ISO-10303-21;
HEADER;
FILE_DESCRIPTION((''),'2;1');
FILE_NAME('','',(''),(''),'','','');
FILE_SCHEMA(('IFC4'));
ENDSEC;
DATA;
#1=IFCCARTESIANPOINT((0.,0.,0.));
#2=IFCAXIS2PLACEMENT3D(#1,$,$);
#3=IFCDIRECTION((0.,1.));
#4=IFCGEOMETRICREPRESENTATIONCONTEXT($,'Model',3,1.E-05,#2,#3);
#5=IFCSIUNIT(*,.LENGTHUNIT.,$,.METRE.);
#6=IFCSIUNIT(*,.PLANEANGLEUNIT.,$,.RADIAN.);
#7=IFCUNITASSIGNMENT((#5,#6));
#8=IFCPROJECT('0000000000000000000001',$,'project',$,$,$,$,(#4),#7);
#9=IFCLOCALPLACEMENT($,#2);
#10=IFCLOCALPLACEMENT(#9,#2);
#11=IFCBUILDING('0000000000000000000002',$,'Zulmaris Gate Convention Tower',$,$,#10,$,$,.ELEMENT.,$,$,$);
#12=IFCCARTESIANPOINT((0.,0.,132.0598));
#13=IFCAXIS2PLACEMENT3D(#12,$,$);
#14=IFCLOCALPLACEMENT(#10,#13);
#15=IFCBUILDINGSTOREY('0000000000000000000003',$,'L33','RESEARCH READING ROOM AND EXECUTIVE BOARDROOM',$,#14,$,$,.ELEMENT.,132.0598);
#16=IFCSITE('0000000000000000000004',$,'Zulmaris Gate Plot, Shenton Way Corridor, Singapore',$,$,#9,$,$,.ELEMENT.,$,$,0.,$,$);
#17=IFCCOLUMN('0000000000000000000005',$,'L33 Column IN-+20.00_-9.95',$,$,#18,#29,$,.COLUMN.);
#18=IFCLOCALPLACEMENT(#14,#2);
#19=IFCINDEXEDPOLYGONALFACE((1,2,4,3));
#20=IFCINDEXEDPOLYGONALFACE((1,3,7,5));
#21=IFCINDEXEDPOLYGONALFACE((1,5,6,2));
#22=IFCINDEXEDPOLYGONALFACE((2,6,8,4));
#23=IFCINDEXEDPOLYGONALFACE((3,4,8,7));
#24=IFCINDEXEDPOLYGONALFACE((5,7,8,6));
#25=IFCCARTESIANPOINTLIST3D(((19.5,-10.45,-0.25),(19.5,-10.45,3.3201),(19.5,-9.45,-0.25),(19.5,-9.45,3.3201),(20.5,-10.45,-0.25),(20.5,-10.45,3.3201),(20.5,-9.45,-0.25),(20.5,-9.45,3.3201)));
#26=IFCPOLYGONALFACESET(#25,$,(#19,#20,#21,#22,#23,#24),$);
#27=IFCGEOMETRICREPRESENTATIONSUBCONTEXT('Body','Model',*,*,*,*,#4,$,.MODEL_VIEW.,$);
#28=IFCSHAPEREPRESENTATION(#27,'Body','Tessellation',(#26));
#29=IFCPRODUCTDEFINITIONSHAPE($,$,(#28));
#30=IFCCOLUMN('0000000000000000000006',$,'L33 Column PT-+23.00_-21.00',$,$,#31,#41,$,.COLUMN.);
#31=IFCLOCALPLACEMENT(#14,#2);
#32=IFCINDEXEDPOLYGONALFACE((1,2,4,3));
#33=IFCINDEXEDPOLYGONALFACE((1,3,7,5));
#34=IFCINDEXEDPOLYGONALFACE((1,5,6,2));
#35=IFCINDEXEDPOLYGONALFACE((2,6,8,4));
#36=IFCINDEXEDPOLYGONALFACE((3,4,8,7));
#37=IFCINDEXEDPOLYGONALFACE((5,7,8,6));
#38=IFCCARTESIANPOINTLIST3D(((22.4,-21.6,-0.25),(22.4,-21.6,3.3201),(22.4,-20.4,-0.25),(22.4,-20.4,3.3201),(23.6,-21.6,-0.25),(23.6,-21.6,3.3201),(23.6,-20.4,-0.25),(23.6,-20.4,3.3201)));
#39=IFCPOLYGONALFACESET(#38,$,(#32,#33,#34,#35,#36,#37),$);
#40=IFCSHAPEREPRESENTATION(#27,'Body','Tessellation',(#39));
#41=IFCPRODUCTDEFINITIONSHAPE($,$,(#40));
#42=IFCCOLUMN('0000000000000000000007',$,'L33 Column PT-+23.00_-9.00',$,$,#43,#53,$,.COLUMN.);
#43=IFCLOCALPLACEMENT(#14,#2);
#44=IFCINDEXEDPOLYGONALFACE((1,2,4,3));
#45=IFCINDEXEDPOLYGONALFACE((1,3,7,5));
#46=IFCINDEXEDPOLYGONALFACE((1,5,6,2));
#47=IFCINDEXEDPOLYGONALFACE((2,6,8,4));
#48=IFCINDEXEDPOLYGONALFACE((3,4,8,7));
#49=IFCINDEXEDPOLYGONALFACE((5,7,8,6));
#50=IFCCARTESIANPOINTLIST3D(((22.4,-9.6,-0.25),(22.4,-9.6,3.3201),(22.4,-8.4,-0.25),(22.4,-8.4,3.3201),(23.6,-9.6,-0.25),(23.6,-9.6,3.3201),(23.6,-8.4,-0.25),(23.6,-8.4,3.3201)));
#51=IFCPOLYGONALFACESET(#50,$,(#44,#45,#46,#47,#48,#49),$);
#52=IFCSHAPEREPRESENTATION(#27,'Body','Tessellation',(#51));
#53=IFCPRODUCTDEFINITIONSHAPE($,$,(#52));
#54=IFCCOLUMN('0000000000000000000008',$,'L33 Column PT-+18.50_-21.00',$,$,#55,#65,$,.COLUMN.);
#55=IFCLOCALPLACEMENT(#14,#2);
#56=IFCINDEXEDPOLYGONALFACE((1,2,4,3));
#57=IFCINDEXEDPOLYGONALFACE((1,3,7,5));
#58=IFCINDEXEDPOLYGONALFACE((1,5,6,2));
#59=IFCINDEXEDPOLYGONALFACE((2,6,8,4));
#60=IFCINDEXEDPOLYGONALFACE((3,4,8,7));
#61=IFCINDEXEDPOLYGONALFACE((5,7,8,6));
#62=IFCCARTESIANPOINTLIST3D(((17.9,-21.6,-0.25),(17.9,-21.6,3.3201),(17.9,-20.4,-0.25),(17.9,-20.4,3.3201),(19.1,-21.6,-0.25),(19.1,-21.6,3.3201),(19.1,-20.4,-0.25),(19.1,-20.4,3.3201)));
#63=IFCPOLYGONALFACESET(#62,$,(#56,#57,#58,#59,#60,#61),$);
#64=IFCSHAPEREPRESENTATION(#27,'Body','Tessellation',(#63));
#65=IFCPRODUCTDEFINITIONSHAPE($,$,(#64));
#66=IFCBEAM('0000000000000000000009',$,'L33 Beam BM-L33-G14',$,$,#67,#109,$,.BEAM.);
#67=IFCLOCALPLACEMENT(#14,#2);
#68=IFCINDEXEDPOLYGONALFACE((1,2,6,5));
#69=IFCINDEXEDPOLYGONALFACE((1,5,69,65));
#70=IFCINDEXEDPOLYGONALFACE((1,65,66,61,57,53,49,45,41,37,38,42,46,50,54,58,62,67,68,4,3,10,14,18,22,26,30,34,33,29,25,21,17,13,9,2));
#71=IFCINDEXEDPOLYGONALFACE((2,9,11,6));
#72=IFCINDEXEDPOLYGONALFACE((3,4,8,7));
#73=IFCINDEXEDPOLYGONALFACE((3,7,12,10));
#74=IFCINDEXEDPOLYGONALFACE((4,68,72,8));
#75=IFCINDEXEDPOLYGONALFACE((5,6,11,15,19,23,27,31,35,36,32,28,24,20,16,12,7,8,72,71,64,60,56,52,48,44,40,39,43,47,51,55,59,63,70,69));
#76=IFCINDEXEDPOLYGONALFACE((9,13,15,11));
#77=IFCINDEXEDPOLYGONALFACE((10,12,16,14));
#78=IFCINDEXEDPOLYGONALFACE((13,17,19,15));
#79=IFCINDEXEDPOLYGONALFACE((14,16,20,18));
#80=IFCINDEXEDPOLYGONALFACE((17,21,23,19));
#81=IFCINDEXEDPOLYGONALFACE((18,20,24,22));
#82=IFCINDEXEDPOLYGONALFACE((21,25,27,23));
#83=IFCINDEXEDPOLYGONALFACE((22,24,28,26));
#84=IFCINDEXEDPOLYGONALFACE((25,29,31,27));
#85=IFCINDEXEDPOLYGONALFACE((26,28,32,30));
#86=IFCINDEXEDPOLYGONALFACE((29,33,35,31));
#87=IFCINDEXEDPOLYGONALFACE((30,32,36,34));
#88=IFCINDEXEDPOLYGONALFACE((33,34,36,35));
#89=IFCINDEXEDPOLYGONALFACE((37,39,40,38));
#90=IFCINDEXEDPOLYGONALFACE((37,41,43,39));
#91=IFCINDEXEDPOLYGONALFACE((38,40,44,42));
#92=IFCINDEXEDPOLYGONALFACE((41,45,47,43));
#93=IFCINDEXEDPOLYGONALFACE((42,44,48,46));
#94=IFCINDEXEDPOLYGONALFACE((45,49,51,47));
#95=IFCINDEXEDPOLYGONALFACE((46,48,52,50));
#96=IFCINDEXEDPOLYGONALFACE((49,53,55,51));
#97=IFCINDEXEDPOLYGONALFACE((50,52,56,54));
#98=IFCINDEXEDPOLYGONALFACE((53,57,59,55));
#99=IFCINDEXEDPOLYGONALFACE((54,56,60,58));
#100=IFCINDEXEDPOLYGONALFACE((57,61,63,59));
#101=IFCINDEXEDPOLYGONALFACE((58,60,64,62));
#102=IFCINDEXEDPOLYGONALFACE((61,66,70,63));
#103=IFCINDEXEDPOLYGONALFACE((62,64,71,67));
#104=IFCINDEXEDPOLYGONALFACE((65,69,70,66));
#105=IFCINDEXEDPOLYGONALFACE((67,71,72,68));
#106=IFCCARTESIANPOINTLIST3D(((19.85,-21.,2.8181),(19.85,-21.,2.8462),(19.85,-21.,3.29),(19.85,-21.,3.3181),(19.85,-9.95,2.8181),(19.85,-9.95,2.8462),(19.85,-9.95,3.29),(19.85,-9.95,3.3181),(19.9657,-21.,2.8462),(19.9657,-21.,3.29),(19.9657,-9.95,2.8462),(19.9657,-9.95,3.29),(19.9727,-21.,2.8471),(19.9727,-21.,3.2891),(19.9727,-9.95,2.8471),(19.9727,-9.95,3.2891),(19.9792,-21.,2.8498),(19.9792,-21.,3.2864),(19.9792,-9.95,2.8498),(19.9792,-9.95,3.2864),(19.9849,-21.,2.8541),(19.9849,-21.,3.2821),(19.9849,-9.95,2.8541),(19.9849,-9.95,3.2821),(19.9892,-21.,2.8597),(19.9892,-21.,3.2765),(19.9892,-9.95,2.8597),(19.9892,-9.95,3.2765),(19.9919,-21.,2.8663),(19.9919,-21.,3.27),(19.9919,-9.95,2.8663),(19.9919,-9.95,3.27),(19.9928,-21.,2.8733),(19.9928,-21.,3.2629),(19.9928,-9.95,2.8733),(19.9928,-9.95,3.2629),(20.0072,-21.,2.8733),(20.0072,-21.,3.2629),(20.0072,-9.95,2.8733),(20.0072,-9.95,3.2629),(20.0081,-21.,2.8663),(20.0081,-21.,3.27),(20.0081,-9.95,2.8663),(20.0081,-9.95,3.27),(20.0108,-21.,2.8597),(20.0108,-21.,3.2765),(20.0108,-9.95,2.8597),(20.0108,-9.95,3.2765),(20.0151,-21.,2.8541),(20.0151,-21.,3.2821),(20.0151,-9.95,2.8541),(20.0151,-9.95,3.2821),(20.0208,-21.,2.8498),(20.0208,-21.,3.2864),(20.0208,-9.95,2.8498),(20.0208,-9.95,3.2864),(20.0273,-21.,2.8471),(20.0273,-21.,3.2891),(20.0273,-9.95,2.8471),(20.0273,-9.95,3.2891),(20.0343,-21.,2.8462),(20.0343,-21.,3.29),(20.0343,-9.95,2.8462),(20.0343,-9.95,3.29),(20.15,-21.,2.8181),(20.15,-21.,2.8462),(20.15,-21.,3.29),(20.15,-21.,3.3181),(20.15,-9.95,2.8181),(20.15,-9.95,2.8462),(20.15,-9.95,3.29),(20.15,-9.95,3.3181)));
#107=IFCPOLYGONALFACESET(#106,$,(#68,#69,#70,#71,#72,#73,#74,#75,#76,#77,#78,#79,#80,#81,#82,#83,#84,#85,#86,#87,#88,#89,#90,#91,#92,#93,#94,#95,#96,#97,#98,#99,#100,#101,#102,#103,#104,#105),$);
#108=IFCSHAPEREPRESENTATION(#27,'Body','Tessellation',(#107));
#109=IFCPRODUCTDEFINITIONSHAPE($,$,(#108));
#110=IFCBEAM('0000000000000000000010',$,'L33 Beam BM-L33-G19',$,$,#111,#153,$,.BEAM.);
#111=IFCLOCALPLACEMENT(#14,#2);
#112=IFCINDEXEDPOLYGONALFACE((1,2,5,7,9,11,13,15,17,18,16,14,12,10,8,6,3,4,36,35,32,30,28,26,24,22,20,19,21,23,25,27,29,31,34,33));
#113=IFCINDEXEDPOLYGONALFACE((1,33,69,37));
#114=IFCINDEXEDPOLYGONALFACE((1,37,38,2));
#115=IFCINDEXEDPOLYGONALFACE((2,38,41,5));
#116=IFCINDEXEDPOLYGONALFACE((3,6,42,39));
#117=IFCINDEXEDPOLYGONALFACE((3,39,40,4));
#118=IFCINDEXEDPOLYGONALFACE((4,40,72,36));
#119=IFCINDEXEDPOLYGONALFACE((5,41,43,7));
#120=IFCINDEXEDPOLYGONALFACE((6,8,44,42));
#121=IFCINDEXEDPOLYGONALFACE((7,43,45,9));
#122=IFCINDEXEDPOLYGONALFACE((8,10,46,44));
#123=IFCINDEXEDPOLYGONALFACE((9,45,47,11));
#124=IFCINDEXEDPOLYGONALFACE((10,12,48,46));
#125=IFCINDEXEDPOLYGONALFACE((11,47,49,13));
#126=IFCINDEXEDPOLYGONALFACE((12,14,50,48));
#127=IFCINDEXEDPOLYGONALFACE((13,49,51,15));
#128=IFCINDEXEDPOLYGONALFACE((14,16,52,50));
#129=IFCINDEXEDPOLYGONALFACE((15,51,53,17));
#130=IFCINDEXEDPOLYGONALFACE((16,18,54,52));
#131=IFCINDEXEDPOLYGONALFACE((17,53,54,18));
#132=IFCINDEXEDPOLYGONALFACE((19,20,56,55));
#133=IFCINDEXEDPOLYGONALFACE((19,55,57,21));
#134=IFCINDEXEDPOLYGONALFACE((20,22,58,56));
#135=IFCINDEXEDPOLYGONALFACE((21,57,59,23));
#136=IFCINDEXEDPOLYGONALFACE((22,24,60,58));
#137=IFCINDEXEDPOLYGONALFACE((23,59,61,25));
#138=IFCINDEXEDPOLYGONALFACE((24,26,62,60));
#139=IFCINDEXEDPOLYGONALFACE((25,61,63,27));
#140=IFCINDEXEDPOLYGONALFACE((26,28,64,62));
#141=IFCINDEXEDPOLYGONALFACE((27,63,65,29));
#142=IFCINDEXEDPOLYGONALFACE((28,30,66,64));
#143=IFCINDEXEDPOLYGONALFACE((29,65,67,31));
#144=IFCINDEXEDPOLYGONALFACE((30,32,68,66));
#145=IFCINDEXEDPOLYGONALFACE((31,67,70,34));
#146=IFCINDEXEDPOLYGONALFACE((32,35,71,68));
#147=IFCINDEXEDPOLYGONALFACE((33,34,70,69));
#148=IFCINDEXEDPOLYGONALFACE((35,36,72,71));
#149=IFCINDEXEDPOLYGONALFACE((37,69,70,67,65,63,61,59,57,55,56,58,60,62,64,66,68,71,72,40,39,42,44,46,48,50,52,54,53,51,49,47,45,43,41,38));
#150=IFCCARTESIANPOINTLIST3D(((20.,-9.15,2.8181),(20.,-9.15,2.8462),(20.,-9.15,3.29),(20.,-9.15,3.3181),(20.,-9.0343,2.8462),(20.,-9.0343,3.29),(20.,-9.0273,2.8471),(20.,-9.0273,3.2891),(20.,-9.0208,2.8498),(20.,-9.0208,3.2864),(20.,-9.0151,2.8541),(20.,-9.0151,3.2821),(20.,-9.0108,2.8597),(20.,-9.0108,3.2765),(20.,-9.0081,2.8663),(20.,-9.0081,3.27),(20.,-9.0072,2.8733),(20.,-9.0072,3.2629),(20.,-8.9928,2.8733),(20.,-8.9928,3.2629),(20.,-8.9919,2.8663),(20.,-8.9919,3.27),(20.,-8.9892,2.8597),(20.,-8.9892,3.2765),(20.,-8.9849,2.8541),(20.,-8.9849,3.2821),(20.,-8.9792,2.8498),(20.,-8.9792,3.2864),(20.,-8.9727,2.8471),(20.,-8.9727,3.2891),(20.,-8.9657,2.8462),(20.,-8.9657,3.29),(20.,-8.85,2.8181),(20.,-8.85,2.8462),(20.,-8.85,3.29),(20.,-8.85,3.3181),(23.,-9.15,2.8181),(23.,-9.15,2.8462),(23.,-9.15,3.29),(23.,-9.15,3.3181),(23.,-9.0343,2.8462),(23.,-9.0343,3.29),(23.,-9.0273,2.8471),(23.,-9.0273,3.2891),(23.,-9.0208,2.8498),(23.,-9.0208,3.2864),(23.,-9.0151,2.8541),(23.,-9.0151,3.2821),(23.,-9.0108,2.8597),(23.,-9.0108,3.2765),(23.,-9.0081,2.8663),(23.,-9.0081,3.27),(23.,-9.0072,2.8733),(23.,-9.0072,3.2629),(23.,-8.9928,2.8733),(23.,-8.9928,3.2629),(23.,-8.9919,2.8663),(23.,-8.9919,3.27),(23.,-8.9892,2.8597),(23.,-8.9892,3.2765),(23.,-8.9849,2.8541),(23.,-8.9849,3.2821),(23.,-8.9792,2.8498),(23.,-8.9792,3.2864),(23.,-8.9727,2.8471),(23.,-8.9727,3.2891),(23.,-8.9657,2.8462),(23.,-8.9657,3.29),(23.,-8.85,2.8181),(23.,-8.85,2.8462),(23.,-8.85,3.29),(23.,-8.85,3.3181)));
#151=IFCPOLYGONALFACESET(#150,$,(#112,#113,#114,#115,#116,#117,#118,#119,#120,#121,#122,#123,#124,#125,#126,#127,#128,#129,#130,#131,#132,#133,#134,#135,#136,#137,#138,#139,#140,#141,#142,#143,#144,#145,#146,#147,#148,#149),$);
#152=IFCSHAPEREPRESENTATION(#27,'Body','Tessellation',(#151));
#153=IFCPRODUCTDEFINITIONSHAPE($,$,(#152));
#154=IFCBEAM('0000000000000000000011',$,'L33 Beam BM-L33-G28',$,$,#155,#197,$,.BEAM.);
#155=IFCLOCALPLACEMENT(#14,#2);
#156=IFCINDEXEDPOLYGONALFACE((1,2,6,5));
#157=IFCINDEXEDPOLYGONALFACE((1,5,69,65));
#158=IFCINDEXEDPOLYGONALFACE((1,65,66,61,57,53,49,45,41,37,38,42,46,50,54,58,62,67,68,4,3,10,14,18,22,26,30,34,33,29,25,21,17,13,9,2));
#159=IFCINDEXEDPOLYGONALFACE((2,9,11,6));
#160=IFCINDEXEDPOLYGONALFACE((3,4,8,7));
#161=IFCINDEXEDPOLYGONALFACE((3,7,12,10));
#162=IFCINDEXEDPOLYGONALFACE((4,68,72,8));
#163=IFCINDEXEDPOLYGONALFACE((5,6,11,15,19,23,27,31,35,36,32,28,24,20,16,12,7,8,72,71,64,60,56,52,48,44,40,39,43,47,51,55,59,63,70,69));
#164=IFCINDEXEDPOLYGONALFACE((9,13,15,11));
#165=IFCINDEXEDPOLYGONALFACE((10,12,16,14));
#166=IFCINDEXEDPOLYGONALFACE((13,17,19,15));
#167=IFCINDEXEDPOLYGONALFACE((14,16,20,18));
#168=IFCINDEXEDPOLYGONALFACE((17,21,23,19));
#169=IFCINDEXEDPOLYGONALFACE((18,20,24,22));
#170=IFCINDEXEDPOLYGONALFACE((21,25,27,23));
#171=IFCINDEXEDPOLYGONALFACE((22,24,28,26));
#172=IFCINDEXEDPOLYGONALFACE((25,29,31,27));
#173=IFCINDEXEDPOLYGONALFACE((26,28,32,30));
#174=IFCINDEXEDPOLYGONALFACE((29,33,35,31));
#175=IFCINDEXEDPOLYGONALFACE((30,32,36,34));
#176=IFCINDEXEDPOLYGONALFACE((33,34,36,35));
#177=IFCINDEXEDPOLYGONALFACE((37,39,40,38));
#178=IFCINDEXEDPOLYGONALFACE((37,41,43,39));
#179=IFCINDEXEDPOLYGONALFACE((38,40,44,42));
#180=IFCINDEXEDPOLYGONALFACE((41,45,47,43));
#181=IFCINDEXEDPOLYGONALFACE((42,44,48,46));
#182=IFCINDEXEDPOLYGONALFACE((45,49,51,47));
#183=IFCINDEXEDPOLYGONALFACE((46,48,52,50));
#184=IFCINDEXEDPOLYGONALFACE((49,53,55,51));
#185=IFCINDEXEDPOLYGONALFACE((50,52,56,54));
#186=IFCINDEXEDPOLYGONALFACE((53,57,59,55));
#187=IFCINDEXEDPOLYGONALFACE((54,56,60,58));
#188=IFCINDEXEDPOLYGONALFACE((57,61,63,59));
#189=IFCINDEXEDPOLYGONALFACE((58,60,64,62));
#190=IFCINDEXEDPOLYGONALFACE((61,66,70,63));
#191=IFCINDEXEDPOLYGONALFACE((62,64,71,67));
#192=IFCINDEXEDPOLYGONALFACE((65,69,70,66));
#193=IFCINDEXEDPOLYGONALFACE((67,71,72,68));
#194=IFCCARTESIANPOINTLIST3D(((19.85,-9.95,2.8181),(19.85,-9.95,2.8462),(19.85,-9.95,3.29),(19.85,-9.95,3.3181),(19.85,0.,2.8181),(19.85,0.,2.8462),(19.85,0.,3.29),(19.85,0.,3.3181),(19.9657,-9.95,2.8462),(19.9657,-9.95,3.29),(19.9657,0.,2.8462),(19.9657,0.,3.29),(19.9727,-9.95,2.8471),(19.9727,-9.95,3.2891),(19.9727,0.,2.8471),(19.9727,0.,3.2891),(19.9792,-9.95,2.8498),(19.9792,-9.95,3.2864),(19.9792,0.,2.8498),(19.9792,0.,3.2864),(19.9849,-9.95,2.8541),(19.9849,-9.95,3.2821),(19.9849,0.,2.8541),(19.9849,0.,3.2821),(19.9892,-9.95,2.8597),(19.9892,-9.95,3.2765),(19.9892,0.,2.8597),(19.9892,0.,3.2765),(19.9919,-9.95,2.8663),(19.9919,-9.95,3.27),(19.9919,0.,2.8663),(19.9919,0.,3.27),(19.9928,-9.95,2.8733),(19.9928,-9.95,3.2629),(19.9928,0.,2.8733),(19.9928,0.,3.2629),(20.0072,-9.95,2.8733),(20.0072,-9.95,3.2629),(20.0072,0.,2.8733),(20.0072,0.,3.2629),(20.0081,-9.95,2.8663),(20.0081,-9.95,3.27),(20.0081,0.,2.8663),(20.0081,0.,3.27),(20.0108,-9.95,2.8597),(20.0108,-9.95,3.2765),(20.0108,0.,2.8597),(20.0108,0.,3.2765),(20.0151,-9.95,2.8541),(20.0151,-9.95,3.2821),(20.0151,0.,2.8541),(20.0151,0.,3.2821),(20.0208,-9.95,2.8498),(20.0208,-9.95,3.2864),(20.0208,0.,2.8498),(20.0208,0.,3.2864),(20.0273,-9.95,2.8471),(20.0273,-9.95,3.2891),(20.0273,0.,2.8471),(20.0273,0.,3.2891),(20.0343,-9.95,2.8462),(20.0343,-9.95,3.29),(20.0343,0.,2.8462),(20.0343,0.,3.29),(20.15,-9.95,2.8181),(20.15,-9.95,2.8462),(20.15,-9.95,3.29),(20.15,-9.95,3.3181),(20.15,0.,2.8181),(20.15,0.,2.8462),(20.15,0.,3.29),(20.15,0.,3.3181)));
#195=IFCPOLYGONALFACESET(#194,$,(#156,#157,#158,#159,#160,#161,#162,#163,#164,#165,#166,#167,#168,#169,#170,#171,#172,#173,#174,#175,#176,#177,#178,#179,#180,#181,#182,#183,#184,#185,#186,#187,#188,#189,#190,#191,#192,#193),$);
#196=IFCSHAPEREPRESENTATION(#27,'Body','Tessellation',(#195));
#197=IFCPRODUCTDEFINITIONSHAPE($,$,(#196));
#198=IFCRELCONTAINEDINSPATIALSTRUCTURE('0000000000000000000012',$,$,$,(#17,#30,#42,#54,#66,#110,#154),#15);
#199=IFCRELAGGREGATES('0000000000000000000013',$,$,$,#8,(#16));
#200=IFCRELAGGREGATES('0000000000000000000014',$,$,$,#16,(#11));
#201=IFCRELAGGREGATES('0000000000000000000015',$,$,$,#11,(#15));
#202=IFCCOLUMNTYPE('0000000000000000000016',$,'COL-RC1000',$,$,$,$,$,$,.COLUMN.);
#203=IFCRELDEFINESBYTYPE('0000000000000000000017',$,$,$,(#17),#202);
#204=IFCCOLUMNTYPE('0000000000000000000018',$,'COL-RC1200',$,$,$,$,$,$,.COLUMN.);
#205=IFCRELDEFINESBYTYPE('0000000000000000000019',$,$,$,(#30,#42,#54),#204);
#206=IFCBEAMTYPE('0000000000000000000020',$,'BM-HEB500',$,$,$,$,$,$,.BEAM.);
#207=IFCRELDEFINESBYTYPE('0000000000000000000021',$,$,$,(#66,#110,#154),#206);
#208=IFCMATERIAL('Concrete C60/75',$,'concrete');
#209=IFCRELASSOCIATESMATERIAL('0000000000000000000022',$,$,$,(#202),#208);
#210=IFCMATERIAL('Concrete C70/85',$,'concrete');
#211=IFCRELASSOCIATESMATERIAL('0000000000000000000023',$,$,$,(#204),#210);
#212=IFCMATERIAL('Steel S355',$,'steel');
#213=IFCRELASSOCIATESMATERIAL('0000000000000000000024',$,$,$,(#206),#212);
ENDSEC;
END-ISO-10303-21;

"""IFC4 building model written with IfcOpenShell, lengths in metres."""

from ifc_helpers import new_model, si_unit, direction, frame, origin, origin_2d, place, context, subcontext, project, spatial, rectangle, i_section, extrude, material, material_profile, profile_set, type_object, element, save


model = new_model("IFC4")

# Units and contexts
model_context = context("Model", 3, precision=1e-05, world=origin(), true_north=direction((0.0, 1.0)))
body_context = subcontext(model_context, "Body", "Model", "MODEL_VIEW")
ifc_project = project(units=[si_unit("LENGTHUNIT", "METRE"), si_unit("PLANEANGLEUNIT", "RADIAN")], contexts=[model_context])

# Site, building, storey
site_placement = place(None, origin())
site = spatial("IfcSite", under=ifc_project, at=site_placement, Name="Zulmaris Gate Plot, Shenton Way Corridor, Singapore", CompositionType="ELEMENT", RefElevation=0.0)
building_placement = place(site_placement, origin())
building = spatial("IfcBuilding", under=site, at=building_placement, Name="Zulmaris Gate Convention Tower", CompositionType="ELEMENT")
storey_placement = place(building_placement, frame((0.0, 0.0, 132.0598)))
storey = spatial("IfcBuildingStorey", under=building, at=storey_placement, Name="L33", Description="RESEARCH READING ROOM AND EXECUTIVE BOARDROOM", CompositionType="ELEMENT", Elevation=132.0598)

# Columns
ifc_material_1 = material(Name="Concrete C60/75", Category="concrete")
ifc_material_profile_1 = material_profile(ifc_material_1, rectangle(XDim=1.0, YDim=1.0, at=origin_2d()), Name="RC COL 1000x1000")
ifc_profile_set_1 = profile_set([ifc_material_profile_1], Name="Concrete C60/75")
column_type_1 = type_object("IfcColumnType", Name="COL-RC1000", PredefinedType="COLUMN", material=ifc_profile_set_1)
column_placement = place(storey_placement, frame((20.0, -9.95, -0.25), z_axis=(0.0, 0.0, 1.0), x_axis=(1.0, 0.0, 0.0)))
element("IfcColumn", 1, at=column_placement, inside=storey, type_object=column_type_1, Name="L33 Column IN-+20.00_-9.95", PredefinedType="COLUMN", context=body_context, shape_type="SweptSolid", body=[
    extrude(rectangle(XDim=1.0, YDim=1.0, at=origin_2d()), origin(), (0.0, 0.0, 1.0), 3.5701),
])
ifc_material_2 = material(Name="Concrete C70/85", Category="concrete")
ifc_material_profile_2 = material_profile(ifc_material_2, rectangle(XDim=1.2, YDim=1.2, at=origin_2d()), Name="RC COL 1200x1200")
ifc_profile_set_2 = profile_set([ifc_material_profile_2], Name="Concrete C70/85")
column_type_2 = type_object("IfcColumnType", Name="COL-RC1200", PredefinedType="COLUMN", material=ifc_profile_set_2)
for number, where, z_axis, x_axis, name in (
    (2, (23.0, -21.0, -0.25), (0.0, 0.0, 1.0), (1.0, 0.0, 0.0), "L33 Column PT-+23.00_-21.00"),
    (3, (23.0, -9.0, -0.25), (0.0, 0.0, 1.0), (1.0, 0.0, 0.0), "L33 Column PT-+23.00_-9.00"),
    (4, (18.5, -21.0, -0.25), (0.0, 0.0, 1.0), (1.0, 0.0, 0.0), "L33 Column PT-+18.50_-21.00"),
):
    element("IfcColumn", number, at=place(storey_placement, frame(where, z_axis=z_axis, x_axis=x_axis)), inside=storey, type_object=column_type_2, Name=name, PredefinedType="COLUMN", context=body_context, shape_type="SweptSolid", body=[
        extrude(rectangle(XDim=1.2, YDim=1.2, at=origin_2d()), origin(), (0.0, 0.0, 1.0), 3.5701),
    ])

# Beams
ifc_material_3 = material(Name="Steel S355", Category="steel")
ifc_material_profile_3 = material_profile(ifc_material_3, i_section(OverallWidth=0.3, OverallDepth=0.5, WebThickness=0.0144, FlangeThickness=0.0281, FilletRadius=0.0271, at=origin_2d()), Name="HEB 500")
ifc_profile_set_3 = profile_set([ifc_material_profile_3], Name="Steel S355")
beam_type_1 = type_object("IfcBeamType", Name="BM-HEB500", PredefinedType="BEAM", material=ifc_profile_set_3)
beam_1_placement = place(storey_placement, frame((20.0, -21.0, 3.0681), z_axis=(0.0, 1.0, 0.0), x_axis=(-1.0, 0.0, 0.0)))
element("IfcBeam", 5, at=beam_1_placement, inside=storey, type_object=beam_type_1, Name="L33 Beam BM-L33-G14", PredefinedType="BEAM", context=body_context, shape_type="SweptSolid", body=[
    extrude(i_section(OverallWidth=0.3, OverallDepth=0.5, WebThickness=0.0144, FlangeThickness=0.0281, FilletRadius=0.0271, at=origin_2d()), origin(), (0.0, 0.0, 1.0), 11.05),
])
beam_2_placement = place(storey_placement, frame((20.0, -9.0, 3.0681), z_axis=(1.0, 0.0, 0.0), x_axis=(0.0, 1.0, 0.0)))
element("IfcBeam", 6, at=beam_2_placement, inside=storey, type_object=beam_type_1, Name="L33 Beam BM-L33-G19", PredefinedType="BEAM", context=body_context, shape_type="SweptSolid", body=[
    extrude(i_section(OverallWidth=0.3, OverallDepth=0.5, WebThickness=0.0144, FlangeThickness=0.0281, FilletRadius=0.0271, at=origin_2d()), origin(), (0.0, 0.0, 1.0), 3.0),
])
beam_3_placement = place(storey_placement, frame((20.0, -9.95, 3.0681), z_axis=(0.0, 1.0, 0.0), x_axis=(-1.0, 0.0, 0.0)))
element("IfcBeam", 7, at=beam_3_placement, inside=storey, type_object=beam_type_1, Name="L33 Beam BM-L33-G28", PredefinedType="BEAM", context=body_context, shape_type="SweptSolid", body=[
    extrude(i_section(OverallWidth=0.3, OverallDepth=0.5, WebThickness=0.0144, FlangeThickness=0.0281, FilletRadius=0.0271, at=origin_2d()), origin(), (0.0, 0.0, 1.0), 9.95),
])

save(model, "model.ifc")
